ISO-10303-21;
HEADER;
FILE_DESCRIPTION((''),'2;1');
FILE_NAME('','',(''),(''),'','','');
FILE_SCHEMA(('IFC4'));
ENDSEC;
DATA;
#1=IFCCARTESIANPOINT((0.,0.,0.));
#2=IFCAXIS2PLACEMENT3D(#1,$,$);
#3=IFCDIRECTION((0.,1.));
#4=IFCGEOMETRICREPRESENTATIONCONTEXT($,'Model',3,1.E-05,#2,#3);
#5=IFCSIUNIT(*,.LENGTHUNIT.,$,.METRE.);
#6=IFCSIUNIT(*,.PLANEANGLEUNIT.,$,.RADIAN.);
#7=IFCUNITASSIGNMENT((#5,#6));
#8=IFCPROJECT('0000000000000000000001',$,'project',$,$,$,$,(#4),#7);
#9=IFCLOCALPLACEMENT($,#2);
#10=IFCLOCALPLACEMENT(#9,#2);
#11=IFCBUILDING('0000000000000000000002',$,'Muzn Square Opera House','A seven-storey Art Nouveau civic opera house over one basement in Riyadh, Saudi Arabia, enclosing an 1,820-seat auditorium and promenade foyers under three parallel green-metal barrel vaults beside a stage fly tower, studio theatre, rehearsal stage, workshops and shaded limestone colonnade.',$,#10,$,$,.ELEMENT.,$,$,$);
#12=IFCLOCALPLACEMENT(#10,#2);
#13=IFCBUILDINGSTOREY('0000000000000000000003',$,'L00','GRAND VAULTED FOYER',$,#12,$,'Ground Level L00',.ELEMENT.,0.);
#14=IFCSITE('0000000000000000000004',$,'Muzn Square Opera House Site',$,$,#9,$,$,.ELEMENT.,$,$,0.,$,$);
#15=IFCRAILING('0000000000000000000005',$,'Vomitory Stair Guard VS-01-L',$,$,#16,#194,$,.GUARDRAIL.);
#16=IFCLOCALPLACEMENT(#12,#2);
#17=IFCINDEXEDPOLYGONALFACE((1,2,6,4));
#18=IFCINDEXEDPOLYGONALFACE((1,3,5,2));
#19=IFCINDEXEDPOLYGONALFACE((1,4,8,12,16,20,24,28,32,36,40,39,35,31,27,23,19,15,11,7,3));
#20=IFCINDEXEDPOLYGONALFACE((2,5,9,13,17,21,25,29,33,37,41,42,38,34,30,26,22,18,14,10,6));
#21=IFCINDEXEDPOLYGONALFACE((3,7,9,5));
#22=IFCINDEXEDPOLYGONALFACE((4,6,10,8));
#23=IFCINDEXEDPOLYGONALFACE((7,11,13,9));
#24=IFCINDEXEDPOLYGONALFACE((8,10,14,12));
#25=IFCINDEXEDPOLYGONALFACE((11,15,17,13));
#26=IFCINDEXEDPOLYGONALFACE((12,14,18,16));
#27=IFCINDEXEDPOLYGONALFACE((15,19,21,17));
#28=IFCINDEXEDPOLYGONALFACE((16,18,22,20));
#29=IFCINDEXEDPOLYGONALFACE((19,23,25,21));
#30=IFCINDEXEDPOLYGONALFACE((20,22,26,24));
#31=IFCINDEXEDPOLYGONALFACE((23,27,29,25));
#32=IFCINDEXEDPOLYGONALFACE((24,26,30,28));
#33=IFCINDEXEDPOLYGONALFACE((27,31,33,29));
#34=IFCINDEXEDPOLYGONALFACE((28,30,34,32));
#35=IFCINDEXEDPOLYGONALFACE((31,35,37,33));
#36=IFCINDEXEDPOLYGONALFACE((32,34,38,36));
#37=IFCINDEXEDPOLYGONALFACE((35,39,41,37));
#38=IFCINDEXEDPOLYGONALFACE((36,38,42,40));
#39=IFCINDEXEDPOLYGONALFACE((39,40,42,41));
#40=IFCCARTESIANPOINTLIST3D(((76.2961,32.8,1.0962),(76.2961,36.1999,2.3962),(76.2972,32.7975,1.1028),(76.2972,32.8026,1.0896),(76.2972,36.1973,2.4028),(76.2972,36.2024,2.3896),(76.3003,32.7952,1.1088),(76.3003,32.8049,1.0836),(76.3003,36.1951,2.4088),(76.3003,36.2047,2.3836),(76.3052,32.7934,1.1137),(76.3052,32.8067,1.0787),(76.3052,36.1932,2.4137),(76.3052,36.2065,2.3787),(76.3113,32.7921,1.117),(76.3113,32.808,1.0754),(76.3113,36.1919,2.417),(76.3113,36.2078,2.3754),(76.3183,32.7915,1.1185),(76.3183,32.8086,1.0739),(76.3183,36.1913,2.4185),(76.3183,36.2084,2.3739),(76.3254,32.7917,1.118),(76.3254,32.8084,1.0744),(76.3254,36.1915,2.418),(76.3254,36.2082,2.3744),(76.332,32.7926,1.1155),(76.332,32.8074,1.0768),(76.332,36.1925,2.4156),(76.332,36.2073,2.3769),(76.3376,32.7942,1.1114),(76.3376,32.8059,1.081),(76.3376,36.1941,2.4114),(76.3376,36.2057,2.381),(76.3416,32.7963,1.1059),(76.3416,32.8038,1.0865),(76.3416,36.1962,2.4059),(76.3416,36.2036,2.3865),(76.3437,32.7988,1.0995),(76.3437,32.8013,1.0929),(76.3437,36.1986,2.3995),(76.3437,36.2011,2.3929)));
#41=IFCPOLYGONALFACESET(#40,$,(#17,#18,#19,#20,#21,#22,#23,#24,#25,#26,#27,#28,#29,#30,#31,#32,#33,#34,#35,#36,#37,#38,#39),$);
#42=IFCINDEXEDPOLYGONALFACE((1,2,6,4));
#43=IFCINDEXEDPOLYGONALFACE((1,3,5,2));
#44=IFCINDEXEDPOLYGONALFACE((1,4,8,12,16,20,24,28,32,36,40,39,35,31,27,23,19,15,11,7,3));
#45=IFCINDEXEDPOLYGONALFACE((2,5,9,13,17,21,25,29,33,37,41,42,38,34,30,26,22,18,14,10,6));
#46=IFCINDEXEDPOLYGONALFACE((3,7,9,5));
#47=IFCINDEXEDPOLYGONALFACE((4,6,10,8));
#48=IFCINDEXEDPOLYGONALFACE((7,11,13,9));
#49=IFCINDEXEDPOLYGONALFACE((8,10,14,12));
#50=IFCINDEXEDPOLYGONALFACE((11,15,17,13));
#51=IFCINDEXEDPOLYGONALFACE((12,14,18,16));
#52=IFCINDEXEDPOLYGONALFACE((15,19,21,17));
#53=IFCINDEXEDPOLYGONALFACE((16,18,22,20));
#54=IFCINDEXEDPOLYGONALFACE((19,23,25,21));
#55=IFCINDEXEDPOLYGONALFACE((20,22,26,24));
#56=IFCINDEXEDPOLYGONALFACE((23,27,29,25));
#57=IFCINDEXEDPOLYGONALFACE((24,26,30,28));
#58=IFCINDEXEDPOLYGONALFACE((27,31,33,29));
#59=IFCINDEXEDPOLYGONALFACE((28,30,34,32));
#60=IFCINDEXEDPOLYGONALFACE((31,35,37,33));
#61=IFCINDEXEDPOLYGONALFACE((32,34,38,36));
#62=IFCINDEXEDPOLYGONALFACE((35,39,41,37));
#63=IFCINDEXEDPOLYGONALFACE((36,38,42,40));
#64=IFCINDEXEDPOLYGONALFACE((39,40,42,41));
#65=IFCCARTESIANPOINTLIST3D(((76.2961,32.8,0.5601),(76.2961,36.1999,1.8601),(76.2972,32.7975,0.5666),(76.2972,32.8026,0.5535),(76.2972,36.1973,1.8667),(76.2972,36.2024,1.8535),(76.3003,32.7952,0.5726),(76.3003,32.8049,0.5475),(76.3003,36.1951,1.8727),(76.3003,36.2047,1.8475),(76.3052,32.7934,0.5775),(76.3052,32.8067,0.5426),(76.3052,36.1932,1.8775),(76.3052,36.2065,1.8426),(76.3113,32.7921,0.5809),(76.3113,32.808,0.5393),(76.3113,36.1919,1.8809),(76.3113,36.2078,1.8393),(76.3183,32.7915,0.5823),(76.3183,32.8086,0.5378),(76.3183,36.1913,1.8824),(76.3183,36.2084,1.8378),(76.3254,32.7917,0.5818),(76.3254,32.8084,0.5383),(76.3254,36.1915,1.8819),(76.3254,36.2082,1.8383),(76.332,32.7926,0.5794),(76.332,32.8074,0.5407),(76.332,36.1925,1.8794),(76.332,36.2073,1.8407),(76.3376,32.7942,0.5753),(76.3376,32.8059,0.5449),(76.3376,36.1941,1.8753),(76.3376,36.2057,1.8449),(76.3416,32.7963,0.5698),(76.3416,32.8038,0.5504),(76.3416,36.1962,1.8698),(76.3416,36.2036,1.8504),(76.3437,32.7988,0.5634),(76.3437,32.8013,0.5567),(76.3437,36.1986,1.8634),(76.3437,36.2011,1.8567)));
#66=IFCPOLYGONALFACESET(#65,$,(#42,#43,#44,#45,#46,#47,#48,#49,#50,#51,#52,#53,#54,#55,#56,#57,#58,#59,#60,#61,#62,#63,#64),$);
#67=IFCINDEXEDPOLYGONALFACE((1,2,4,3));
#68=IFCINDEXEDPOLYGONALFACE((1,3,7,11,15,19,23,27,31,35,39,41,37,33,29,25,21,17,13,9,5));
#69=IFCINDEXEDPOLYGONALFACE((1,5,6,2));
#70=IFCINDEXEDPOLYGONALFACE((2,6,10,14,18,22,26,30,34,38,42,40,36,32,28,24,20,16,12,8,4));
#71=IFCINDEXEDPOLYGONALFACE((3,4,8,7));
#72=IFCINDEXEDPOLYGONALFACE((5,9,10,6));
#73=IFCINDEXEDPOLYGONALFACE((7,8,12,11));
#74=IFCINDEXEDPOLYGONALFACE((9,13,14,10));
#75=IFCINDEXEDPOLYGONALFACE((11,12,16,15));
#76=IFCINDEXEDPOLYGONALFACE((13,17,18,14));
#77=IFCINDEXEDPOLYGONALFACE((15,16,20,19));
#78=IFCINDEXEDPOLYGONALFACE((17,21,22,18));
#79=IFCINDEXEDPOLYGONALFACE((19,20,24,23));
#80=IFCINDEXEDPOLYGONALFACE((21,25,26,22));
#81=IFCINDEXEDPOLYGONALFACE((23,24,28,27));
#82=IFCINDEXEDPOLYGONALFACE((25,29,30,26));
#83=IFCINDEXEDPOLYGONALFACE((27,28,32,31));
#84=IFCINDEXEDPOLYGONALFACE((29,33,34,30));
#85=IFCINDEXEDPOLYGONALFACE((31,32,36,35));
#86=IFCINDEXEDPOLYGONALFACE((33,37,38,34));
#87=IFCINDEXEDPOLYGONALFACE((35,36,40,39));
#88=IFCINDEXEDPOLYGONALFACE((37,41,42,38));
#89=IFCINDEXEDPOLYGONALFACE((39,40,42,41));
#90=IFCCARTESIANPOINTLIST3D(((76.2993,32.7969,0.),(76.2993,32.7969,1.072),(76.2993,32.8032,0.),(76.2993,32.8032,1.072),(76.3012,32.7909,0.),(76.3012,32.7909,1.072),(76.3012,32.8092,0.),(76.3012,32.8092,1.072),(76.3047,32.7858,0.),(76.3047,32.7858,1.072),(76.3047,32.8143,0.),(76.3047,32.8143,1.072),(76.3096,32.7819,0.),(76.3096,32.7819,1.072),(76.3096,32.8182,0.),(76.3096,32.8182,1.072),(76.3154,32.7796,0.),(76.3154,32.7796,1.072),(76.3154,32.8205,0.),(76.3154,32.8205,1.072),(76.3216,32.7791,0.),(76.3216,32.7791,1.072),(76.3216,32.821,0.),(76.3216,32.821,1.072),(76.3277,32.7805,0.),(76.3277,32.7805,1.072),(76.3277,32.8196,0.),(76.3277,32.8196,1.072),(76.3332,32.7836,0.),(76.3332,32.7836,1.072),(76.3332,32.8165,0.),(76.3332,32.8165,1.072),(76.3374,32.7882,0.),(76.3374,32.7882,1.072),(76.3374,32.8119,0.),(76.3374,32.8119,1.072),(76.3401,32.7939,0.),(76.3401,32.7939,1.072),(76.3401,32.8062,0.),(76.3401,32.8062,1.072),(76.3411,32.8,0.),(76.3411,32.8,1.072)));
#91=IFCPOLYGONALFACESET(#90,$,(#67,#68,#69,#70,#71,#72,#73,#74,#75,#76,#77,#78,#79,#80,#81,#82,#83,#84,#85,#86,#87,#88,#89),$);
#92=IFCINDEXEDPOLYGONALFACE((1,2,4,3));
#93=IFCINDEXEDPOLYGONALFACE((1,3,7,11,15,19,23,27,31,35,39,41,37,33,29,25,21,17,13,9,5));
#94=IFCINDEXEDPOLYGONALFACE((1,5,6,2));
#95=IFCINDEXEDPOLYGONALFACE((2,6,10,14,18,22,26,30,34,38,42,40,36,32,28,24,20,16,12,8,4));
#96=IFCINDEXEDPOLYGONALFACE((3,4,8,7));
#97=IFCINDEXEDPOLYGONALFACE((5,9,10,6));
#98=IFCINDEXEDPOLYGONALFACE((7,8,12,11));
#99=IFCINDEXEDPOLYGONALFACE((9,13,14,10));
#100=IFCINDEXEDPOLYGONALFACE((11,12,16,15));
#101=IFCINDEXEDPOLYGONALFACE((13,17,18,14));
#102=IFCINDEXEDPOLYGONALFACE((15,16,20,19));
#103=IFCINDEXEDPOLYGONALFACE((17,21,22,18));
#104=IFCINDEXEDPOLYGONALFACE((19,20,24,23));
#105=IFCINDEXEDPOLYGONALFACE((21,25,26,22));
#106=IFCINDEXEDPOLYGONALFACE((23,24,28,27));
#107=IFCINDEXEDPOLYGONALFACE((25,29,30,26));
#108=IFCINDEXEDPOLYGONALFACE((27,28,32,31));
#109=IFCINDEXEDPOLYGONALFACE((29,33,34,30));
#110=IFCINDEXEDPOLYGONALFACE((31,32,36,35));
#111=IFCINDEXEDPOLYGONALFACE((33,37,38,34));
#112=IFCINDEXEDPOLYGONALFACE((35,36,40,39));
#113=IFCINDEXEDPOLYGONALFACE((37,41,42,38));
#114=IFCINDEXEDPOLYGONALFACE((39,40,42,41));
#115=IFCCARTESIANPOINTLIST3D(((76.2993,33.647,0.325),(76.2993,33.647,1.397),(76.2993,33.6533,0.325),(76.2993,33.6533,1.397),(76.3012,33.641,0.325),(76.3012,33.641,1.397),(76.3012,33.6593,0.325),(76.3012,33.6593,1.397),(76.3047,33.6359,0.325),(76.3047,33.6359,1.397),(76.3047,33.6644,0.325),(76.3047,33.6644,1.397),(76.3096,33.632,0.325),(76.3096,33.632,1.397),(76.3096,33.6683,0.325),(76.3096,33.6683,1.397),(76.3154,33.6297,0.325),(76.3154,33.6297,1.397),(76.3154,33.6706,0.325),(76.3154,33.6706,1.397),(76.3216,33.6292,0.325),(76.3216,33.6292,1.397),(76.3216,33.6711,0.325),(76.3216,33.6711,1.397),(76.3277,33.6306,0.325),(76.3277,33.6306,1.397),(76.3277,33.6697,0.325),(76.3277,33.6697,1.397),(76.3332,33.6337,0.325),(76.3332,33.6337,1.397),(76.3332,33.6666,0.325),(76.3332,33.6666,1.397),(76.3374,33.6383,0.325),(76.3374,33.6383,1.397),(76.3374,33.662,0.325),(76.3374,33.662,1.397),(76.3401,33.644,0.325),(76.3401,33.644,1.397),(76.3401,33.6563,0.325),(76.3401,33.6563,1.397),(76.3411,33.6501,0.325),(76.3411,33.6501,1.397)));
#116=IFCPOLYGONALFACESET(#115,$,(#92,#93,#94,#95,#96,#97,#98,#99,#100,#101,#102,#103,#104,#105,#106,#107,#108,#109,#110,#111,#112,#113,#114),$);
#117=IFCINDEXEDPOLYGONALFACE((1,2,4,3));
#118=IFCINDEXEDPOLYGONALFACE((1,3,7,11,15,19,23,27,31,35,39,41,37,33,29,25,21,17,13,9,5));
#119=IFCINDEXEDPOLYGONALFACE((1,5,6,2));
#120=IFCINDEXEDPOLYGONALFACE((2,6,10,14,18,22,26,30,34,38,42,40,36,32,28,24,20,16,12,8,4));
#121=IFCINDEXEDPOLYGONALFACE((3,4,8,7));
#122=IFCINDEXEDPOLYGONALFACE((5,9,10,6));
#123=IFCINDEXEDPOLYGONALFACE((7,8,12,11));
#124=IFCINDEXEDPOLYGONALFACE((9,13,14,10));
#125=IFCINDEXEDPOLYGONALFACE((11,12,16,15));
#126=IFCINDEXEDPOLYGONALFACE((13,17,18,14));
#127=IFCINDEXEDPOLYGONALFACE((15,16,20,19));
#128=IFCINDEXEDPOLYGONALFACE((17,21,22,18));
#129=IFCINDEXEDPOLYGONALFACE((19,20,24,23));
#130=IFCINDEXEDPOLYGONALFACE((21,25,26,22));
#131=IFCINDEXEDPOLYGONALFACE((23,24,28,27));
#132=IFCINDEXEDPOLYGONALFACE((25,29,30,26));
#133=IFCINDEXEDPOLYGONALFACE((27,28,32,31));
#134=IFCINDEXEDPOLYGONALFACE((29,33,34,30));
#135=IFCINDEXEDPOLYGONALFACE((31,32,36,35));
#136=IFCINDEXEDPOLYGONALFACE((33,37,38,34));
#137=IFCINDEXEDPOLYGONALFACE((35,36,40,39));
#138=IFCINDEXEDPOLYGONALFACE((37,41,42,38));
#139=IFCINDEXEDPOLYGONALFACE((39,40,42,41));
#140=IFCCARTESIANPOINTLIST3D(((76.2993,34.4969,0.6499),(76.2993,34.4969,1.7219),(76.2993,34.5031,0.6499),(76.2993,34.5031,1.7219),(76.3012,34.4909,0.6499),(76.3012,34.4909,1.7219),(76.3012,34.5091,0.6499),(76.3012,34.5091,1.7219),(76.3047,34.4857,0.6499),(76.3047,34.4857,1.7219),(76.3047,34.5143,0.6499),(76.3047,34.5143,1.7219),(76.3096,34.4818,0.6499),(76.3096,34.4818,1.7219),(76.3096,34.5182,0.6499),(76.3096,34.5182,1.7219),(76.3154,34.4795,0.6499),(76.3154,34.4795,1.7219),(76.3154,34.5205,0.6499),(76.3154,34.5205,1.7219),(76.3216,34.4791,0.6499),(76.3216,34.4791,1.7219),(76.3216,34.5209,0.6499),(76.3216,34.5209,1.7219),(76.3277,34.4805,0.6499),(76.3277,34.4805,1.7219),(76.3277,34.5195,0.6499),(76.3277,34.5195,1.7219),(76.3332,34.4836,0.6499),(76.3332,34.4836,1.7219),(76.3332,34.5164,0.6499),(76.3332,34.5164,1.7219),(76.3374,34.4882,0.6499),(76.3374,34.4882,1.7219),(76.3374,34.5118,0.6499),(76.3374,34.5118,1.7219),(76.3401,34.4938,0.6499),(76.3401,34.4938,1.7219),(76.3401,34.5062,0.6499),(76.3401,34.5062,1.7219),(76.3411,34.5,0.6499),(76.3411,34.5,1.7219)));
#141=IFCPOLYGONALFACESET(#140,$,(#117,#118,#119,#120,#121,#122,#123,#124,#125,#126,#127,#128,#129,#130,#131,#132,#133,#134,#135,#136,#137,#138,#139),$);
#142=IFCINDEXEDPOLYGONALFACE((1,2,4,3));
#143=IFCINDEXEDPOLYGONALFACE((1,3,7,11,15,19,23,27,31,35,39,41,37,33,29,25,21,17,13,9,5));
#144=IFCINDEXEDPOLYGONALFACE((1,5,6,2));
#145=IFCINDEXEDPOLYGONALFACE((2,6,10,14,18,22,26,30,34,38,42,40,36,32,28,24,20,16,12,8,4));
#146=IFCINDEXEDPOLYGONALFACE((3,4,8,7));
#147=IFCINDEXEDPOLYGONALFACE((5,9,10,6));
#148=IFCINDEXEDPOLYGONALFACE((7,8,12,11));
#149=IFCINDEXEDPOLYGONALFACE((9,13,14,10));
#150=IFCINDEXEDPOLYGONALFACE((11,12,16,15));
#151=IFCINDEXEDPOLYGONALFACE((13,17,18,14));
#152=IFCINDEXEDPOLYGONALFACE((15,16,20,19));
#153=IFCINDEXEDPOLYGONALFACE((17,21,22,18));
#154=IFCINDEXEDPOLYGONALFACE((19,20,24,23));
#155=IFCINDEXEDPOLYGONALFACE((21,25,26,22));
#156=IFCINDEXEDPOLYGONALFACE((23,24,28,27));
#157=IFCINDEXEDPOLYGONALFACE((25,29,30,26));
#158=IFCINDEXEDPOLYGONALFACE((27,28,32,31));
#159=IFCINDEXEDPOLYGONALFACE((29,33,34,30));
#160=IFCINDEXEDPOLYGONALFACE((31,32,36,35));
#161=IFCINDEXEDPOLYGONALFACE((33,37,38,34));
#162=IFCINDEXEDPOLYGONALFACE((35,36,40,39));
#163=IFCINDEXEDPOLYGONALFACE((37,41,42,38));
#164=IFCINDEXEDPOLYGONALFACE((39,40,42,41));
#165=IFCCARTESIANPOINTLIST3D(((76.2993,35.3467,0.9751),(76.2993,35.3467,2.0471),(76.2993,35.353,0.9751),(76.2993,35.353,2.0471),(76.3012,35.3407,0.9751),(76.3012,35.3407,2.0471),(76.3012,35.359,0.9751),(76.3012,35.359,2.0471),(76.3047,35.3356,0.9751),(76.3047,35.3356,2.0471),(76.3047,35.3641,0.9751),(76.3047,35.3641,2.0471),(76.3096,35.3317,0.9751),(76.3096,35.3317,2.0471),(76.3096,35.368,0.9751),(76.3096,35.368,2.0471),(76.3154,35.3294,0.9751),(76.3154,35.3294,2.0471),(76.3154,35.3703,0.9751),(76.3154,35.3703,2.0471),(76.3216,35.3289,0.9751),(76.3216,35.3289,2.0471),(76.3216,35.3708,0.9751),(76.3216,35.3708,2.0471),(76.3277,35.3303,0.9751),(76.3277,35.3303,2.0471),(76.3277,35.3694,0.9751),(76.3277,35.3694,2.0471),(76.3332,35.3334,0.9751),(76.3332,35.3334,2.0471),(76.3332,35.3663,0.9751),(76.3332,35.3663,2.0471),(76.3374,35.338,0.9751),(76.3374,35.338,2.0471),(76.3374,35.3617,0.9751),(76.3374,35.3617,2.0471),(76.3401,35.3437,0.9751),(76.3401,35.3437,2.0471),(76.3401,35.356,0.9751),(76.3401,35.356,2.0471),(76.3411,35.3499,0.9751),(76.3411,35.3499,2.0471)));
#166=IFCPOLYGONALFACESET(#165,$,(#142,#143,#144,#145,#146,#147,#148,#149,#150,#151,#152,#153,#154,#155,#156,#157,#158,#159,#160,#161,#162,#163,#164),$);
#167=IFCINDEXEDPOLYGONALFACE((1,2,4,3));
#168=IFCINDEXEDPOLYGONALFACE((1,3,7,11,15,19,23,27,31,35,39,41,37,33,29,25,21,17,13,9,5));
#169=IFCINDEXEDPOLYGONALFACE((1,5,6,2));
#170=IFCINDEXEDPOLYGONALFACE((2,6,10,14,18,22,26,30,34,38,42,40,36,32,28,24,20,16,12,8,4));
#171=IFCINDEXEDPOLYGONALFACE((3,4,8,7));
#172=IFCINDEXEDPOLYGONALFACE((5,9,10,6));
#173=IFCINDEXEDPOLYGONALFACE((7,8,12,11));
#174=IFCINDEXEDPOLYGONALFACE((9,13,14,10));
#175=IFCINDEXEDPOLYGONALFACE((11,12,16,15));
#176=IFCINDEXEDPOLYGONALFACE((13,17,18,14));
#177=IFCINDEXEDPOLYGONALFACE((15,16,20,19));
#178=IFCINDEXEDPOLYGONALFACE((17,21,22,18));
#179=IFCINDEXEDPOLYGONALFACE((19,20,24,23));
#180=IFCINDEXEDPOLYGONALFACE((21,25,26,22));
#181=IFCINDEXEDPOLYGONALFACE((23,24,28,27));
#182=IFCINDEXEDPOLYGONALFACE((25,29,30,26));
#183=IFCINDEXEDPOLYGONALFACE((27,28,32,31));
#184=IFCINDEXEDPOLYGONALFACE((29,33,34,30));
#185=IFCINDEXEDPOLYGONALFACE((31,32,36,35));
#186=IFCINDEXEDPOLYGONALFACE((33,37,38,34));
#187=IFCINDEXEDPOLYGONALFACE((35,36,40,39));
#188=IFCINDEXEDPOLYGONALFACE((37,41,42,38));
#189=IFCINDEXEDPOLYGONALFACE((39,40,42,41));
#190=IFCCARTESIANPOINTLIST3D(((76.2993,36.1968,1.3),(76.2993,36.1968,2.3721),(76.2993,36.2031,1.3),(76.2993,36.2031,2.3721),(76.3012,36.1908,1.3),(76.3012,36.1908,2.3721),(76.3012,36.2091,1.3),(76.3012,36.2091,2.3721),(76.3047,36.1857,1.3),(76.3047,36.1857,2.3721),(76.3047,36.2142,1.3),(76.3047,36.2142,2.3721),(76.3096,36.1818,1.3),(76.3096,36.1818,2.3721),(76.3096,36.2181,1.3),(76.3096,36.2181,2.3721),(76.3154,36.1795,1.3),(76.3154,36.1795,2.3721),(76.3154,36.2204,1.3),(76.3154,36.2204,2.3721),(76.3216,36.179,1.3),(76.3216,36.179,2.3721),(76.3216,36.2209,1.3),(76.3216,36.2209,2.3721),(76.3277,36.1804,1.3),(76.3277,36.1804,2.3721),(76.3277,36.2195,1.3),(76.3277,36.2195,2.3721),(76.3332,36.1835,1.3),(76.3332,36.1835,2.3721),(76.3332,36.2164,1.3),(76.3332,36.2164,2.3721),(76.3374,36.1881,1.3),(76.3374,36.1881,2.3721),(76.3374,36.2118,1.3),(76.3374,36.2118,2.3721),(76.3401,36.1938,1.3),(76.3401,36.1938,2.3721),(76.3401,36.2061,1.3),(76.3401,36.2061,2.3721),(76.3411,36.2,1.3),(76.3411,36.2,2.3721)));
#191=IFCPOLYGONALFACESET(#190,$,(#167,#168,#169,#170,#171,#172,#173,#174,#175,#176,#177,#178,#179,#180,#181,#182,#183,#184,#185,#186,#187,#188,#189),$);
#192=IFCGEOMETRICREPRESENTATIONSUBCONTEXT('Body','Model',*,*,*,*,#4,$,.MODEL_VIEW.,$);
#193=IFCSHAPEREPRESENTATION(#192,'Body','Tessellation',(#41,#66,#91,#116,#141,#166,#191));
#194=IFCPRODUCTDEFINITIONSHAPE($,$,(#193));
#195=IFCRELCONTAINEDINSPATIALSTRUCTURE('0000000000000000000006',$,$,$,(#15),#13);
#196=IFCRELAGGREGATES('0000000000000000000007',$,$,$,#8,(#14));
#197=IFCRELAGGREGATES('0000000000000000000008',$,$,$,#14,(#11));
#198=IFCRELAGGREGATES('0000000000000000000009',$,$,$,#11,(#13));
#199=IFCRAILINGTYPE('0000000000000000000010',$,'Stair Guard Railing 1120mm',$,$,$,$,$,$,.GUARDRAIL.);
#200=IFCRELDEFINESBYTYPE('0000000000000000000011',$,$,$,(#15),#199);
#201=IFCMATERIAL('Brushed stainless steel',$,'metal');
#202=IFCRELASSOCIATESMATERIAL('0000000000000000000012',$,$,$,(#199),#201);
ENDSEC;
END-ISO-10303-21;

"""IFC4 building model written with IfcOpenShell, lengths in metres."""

from ifc_helpers import new_model, si_unit, direction, frame, origin, origin_2d, place, context, subcontext, project, spatial, circle, extrude, material, type_object, element, save


model = new_model("IFC4")

# Units and contexts
model_context = context("Model", 3, precision=1e-05, world=origin(), true_north=direction((0.0, 1.0)))
body_context = subcontext(model_context, "Body", "Model", "MODEL_VIEW")
ifc_project = project(units=[si_unit("LENGTHUNIT", "METRE"), si_unit("PLANEANGLEUNIT", "RADIAN")], contexts=[model_context])

# Site, building, storey
site_placement = place(None, origin())
site = spatial("IfcSite", under=ifc_project, at=site_placement, Name="Muzn Square Opera House Site", CompositionType="ELEMENT", RefElevation=0.0)
building_placement = place(site_placement, origin())
building = spatial("IfcBuilding", under=site, at=building_placement, Name="Muzn Square Opera House", Description="A seven-storey Art Nouveau civic opera house over one basement in Riyadh, Saudi Arabia, enclosing an 1,820-seat auditorium and promenade foyers under three parallel green-metal barrel vaults beside a stage fly tower, studio theatre, rehearsal stage, workshops and shaded limestone colonnade.", CompositionType="ELEMENT")
storey_placement = place(building_placement, origin())
storey = spatial("IfcBuildingStorey", under=building, at=storey_placement, Name="L00", Description="GRAND VAULTED FOYER", LongName="Ground Level L00", CompositionType="ELEMENT", Elevation=0.0)

# Railing
ifc_material_1 = material(Name="Brushed stainless steel", Category="metal")
railing_type = type_object("IfcRailingType", Name="Stair Guard Railing 1120mm", PredefinedType="GUARDRAIL", material=ifc_material_1)
railing_placement = place(storey_placement, frame((76.3201, 32.8, 0.0)))
element("IfcRailing", 1, at=railing_placement, inside=storey, type_object=railing_type, Name="Vomitory Stair Guard VS-01-L", PredefinedType="GUARDRAIL", context=body_context, shape_type="SweptSolid", body=[
    extrude(circle(Radius=0.0239, at=origin_2d()), frame((0.0, 0.0, 1.0962), z_axis=(0.0, 0.934044, 0.357158), x_axis=(-1.0, 0.0, 0.0)), (0.0, 0.0, 1.0), 3.6399),
    extrude(circle(Radius=0.0239, at=origin_2d()), frame((0.0, 0.0, 0.5601), z_axis=(0.0, 0.934044, 0.357158), x_axis=(-1.0, 0.0, 0.0)), (0.0, 0.0, 1.0), 3.6399),
    extrude(circle(Radius=0.021, at=origin_2d()), origin(), (0.0, 0.0, 1.0), 1.072),
    extrude(circle(Radius=0.021, at=origin_2d()), frame((0.0, 0.8501, 0.325)), (0.0, 0.0, 1.0), 1.072),
    extrude(circle(Radius=0.021, at=origin_2d()), frame((0.0, 1.7, 0.6499)), (0.0, 0.0, 1.0), 1.072),
    extrude(circle(Radius=0.021, at=origin_2d()), frame((0.0, 2.5498, 0.9751)), (0.0, 0.0, 1.0), 1.072),
    extrude(circle(Radius=0.021, at=origin_2d()), frame((0.0, 3.3999, 1.3)), (0.0, 0.0, 1.0), 1.072),
])

save(model, "model.ifc")
